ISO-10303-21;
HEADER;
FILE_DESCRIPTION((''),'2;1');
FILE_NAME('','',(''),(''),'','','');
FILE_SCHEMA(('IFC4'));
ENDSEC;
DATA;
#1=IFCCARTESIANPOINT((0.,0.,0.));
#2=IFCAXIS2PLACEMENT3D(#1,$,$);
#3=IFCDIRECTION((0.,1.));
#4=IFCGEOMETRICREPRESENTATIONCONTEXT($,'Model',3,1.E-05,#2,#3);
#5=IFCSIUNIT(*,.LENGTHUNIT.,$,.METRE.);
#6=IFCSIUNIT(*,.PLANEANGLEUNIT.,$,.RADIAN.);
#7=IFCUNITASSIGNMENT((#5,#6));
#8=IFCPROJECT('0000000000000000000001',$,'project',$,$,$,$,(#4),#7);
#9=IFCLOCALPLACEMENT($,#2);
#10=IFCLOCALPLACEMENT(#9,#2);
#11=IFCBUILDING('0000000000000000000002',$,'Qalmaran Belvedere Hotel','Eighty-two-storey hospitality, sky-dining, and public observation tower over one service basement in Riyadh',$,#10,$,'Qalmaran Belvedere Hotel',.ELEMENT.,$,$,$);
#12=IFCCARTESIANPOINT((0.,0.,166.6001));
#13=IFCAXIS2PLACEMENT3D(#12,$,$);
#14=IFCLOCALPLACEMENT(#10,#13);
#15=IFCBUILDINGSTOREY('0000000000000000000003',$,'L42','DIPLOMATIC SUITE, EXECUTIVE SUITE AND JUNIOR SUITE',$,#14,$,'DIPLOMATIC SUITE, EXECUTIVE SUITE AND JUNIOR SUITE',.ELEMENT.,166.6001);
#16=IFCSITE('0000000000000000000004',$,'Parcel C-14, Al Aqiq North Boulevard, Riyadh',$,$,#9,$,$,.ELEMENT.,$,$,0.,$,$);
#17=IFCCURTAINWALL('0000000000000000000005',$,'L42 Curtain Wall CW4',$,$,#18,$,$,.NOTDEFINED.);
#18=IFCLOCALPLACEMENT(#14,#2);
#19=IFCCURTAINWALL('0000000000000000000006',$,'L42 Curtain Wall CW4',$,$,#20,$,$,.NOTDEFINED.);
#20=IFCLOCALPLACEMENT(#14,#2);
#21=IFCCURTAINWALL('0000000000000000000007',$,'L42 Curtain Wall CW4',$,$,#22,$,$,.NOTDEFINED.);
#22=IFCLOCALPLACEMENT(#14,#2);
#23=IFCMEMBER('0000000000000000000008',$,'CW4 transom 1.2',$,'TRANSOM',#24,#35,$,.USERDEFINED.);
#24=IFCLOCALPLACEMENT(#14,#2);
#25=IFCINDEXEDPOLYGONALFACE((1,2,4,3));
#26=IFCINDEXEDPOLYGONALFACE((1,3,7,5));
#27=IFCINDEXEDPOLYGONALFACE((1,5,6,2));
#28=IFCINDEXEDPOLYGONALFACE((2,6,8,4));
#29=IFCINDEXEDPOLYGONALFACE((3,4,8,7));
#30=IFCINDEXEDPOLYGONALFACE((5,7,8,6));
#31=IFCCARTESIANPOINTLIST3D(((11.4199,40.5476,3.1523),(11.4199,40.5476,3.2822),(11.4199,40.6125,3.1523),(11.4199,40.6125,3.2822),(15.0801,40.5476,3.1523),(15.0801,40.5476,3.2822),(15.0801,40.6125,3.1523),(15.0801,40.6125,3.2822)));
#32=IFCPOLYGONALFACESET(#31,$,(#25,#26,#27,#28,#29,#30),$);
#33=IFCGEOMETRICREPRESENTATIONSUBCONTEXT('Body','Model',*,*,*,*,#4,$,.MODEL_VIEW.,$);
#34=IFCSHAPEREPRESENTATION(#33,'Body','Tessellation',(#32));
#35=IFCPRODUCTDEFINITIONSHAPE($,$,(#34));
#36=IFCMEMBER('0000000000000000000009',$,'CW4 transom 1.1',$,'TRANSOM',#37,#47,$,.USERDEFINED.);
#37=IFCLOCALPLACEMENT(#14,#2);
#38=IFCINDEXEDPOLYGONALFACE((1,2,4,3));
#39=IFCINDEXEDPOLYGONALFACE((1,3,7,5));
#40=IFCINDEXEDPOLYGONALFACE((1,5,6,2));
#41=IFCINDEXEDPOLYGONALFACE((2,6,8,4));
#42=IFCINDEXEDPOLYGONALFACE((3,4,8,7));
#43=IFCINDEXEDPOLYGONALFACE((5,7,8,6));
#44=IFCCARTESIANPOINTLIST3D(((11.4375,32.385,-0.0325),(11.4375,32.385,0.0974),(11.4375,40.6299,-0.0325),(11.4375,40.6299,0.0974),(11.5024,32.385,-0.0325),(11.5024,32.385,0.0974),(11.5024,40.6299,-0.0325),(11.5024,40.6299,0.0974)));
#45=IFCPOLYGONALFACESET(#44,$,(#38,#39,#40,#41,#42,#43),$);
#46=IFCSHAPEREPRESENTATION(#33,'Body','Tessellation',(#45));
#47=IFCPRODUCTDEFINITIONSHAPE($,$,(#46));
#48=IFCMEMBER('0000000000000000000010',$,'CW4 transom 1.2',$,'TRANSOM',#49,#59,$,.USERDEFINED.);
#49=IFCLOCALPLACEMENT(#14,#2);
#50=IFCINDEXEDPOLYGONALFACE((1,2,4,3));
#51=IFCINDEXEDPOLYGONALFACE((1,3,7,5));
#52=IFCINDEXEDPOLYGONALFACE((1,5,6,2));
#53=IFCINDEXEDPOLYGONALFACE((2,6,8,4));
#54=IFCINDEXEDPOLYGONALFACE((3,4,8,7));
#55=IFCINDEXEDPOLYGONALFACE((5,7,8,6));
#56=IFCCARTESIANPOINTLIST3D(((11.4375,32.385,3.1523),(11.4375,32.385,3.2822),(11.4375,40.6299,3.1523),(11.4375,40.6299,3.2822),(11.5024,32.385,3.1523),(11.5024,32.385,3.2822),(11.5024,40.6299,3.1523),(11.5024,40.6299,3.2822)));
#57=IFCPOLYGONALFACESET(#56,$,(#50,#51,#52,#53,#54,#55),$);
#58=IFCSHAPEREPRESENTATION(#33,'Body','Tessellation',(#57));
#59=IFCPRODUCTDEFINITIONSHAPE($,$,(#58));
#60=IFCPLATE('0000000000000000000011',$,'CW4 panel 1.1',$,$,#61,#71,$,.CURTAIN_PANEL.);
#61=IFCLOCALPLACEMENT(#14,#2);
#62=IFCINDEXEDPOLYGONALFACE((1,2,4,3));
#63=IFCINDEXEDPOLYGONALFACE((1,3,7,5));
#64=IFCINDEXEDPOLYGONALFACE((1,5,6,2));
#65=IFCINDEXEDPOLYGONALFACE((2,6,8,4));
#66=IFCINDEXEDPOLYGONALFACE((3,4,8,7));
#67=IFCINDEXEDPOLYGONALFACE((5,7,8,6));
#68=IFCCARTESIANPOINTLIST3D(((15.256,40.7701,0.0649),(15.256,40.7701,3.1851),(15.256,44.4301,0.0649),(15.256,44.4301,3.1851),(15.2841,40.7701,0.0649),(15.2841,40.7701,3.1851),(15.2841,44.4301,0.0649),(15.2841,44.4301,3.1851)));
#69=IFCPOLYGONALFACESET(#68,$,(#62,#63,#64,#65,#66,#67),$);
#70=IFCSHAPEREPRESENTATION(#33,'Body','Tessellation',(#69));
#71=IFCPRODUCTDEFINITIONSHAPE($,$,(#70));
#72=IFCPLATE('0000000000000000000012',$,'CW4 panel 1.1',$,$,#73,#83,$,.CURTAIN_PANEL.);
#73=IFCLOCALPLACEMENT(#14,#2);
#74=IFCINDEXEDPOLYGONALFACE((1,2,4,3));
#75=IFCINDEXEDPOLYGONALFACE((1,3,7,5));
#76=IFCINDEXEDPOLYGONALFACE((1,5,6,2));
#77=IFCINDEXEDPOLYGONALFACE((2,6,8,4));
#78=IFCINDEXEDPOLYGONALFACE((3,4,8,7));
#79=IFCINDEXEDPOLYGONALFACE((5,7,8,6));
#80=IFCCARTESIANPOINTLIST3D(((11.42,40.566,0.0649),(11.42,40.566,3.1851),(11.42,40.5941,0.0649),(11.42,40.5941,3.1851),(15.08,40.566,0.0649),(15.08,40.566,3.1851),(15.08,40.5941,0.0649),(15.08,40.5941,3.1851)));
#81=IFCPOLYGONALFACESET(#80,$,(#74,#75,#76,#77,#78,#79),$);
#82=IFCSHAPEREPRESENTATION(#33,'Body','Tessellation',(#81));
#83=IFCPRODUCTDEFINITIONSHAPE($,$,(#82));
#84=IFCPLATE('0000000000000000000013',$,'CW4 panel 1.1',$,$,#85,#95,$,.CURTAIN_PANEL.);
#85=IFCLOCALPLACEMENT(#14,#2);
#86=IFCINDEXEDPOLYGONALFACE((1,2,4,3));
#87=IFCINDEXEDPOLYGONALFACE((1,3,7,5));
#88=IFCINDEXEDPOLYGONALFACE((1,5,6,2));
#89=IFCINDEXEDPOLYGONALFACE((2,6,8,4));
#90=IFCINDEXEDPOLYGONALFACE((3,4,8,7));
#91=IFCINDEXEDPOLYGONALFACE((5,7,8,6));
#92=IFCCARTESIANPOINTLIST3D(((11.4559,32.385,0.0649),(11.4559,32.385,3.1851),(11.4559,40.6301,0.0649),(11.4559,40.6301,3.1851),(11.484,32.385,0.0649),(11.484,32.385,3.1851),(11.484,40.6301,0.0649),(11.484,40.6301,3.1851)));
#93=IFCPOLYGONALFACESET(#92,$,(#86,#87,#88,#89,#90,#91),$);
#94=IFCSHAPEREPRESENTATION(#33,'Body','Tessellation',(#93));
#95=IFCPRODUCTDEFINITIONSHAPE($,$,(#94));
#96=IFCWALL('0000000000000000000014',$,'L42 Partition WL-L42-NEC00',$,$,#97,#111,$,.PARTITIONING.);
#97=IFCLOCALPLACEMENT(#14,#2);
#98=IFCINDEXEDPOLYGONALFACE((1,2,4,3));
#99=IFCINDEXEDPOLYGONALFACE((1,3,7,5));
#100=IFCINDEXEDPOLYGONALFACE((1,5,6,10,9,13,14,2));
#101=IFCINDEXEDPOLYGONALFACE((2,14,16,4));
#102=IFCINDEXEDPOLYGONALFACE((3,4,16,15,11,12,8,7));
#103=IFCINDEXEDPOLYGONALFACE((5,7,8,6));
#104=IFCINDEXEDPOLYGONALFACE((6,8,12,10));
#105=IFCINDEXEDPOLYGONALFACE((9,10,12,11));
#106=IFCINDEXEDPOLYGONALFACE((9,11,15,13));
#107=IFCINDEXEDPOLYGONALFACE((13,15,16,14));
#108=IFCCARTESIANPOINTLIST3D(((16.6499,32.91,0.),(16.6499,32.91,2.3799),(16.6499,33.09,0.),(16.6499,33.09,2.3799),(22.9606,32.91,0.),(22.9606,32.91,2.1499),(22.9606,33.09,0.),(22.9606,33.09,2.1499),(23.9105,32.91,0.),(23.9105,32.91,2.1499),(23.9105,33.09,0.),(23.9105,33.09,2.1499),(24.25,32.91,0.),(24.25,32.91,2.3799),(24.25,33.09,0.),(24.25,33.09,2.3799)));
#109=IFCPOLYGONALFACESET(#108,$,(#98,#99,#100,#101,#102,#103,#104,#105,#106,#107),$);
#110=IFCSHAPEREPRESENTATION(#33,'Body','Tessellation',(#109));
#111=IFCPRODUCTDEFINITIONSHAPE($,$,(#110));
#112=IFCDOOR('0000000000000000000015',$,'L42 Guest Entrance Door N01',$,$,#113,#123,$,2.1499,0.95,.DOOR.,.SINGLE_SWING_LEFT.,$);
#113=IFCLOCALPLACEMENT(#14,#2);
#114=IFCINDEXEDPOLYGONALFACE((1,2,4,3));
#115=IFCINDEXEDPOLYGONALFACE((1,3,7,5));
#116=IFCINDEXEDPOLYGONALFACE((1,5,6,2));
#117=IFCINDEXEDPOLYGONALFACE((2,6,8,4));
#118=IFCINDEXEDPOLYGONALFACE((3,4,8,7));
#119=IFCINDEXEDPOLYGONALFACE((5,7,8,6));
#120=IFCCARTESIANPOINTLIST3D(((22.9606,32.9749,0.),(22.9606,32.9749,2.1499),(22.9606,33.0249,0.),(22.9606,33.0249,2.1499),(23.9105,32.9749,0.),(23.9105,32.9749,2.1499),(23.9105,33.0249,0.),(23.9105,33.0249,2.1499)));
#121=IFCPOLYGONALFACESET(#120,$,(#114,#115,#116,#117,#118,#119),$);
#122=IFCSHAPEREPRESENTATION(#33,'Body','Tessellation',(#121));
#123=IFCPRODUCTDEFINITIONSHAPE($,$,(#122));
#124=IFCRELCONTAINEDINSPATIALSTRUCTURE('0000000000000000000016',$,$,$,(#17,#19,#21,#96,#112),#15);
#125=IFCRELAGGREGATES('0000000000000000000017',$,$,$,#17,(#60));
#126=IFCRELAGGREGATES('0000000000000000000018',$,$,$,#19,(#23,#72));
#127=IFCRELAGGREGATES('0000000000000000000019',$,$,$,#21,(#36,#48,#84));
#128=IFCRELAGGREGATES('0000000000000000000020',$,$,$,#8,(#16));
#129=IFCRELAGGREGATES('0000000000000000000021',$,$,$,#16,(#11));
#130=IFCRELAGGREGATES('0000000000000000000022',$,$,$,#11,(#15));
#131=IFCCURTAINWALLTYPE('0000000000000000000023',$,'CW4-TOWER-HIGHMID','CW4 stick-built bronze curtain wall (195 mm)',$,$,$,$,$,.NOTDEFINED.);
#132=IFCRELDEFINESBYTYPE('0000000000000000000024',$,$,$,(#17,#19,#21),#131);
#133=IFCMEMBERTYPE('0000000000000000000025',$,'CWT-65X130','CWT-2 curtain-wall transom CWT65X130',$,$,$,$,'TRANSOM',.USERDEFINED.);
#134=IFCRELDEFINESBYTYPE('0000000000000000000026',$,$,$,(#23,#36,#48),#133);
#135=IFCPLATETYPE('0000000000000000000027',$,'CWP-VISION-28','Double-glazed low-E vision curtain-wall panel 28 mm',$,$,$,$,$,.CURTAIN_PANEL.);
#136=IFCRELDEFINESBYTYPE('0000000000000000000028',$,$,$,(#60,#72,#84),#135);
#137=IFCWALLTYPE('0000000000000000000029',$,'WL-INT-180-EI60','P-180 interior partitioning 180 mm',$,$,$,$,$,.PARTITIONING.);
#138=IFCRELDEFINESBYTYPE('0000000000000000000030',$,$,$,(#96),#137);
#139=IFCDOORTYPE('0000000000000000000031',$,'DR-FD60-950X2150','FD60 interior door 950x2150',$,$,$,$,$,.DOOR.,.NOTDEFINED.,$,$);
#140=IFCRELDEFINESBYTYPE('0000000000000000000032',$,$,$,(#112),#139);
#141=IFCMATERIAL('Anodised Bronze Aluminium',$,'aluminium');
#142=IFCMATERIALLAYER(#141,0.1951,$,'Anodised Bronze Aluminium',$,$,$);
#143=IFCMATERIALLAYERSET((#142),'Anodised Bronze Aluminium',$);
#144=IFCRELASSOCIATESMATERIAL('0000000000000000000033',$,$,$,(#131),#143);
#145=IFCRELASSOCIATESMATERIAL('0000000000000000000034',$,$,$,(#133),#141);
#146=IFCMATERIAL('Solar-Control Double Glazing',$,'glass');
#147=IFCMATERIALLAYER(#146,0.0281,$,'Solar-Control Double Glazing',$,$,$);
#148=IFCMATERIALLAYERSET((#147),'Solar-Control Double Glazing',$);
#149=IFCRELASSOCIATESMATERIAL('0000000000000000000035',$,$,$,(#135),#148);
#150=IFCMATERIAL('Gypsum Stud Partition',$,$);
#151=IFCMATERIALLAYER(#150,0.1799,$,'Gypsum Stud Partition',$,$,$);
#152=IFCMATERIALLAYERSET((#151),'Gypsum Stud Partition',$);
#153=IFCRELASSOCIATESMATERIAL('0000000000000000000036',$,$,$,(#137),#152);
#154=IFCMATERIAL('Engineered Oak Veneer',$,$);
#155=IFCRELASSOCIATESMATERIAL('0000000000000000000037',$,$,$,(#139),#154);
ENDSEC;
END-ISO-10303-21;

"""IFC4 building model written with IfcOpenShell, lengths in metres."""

from ifc_helpers import new_model, si_unit, direction, frame, frame_2d, origin, origin_2d, place, context, subcontext, project, spatial, rectangle, extrude, material, layer, layer_set, material_profile, profile_set, type_object, element, fill, aggregate, save


model = new_model("IFC4")

# Units and contexts
model_context = context("Model", 3, precision=1e-05, world=origin(), true_north=direction((0.0, 1.0)))
body_context = subcontext(model_context, "Body", "Model", "MODEL_VIEW")
ifc_project = project(units=[si_unit("LENGTHUNIT", "METRE"), si_unit("PLANEANGLEUNIT", "RADIAN")], contexts=[model_context])

# Site, building, storey
site_placement = place(None, origin())
site = spatial("IfcSite", under=ifc_project, at=site_placement, Name="Parcel C-14, Al Aqiq North Boulevard, Riyadh", CompositionType="ELEMENT", RefElevation=0.0)
building_placement = place(site_placement, origin())
building = spatial("IfcBuilding", under=site, at=building_placement, Name="Qalmaran Belvedere Hotel", Description="Eighty-two-storey hospitality, sky-dining, and public observation tower over one service basement in Riyadh", LongName="Qalmaran Belvedere Hotel", CompositionType="ELEMENT")
storey_placement = place(building_placement, frame((0.0, 0.0, 166.6001)))
storey = spatial("IfcBuildingStorey", under=building, at=storey_placement, Name="L42", Description="DIPLOMATIC SUITE, EXECUTIVE SUITE AND JUNIOR SUITE", LongName="DIPLOMATIC SUITE, EXECUTIVE SUITE AND JUNIOR SUITE", CompositionType="ELEMENT", Elevation=166.6001)

# Shared definitions
ifc_material_1 = material(Name="Anodised Bronze Aluminium", Category="aluminium")
ifc_layer_1 = layer(ifc_material_1, 0.1951, Name="Anodised Bronze Aluminium")
ifc_layer_set_1 = layer_set([ifc_layer_1], Name="Anodised Bronze Aluminium")
curtain_wall_type = type_object("IfcCurtainWallType", Name="CW4-TOWER-HIGHMID", Description="CW4 stick-built bronze curtain wall (195 mm)", PredefinedType="NOTDEFINED", material=ifc_layer_set_1)

# Curtain walls
curtain_wall_1_placement = place(storey_placement, origin())
curtain_wall_1 = element("IfcCurtainWall", 1, at=curtain_wall_1_placement, inside=storey, type_object=curtain_wall_type, Name="L42 Curtain Wall CW4", PredefinedType="NOTDEFINED")
curtain_wall_2_placement = place(storey_placement, origin())
curtain_wall_2 = element("IfcCurtainWall", 2, at=curtain_wall_2_placement, inside=storey, type_object=curtain_wall_type, Name="L42 Curtain Wall CW4", PredefinedType="NOTDEFINED")

# Curtain wall
curtain_wall_3_placement = place(storey_placement, origin())
curtain_wall_3 = element("IfcCurtainWall", 3, at=curtain_wall_3_placement, inside=storey, type_object=curtain_wall_type, Name="L42 Curtain Wall CW4", PredefinedType="NOTDEFINED")

# Members
ifc_material_profile_1 = material_profile(ifc_material_1, rectangle(XDim=0.0649, YDim=0.1299, at=origin_2d()), Name="CWT65X130")
ifc_profile_set_1 = profile_set([ifc_material_profile_1], Name="Anodised Bronze Aluminium")
member_type_1 = type_object("IfcMemberType", Name="CWT-65X130", Description="CWT-2 curtain-wall transom CWT65X130", ElementType="TRANSOM", PredefinedType="USERDEFINED", material=ifc_profile_set_1)
member_1_placement = place(storey_placement, frame((15.0801, 40.5801, 3.2173), z_axis=(-1.0, 0.0, 0.0), x_axis=(0.0, -1.0, 0.0)))
member_1 = element("IfcMember", 4, at=member_1_placement, type_object=member_type_1, Name="CW4 transom 1.2", ObjectType="TRANSOM", PredefinedType="USERDEFINED", context=body_context, shape_type="SweptSolid", body=[
    extrude(rectangle(XDim=0.0649, YDim=0.1299, at=origin_2d()), origin(), (0.0, 0.0, 1.0), 3.6602),
])
member_2_placement = place(storey_placement, frame((11.47, 40.6299, 0.0325), z_axis=(0.0, -1.0, 0.0), x_axis=(1.0, 0.0, 0.0)))
member_2 = element("IfcMember", 5, at=member_2_placement, type_object=member_type_1, Name="CW4 transom 1.1", ObjectType="TRANSOM", PredefinedType="USERDEFINED", context=body_context, shape_type="SweptSolid", body=[
    extrude(rectangle(XDim=0.0649, YDim=0.1299, at=origin_2d()), origin(), (0.0, 0.0, 1.0), 8.2449),
])
member_3_placement = place(storey_placement, frame((11.47, 40.6299, 3.2173), z_axis=(0.0, -1.0, 0.0), x_axis=(1.0, 0.0, 0.0)))
member_3 = element("IfcMember", 6, at=member_3_placement, type_object=member_type_1, Name="CW4 transom 1.2", ObjectType="TRANSOM", PredefinedType="USERDEFINED", context=body_context, shape_type="SweptSolid", body=[
    extrude(rectangle(XDim=0.0649, YDim=0.1299, at=origin_2d()), origin(), (0.0, 0.0, 1.0), 8.2449),
])

# Plates
ifc_material_2 = material(Name="Solar-Control Double Glazing", Category="glass")
ifc_layer_2 = layer(ifc_material_2, 0.0281, Name="Solar-Control Double Glazing")
ifc_layer_set_2 = layer_set([ifc_layer_2], Name="Solar-Control Double Glazing")
plate_type = type_object("IfcPlateType", Name="CWP-VISION-28", Description="Double-glazed low-E vision curtain-wall panel 28 mm", PredefinedType="CURTAIN_PANEL", material=ifc_layer_set_2)
plate_1_placement = place(storey_placement, frame((15.27, 42.6001, 0.0649), z_axis=(0.0, 0.0, 1.0), x_axis=(0.0, -1.0, 0.0)))
plate_1 = element("IfcPlate", 7, at=plate_1_placement, type_object=plate_type, Name="CW4 panel 1.1", PredefinedType="CURTAIN_PANEL", context=body_context, shape_type="SweptSolid", body=[
    extrude(rectangle(XDim=3.6599, YDim=0.0281, at=origin_2d()), origin(), (0.0, 0.0, 1.0), 3.1201),
])
aggregate(curtain_wall_1, [plate_1])
plate_2_placement = place(storey_placement, frame((13.25, 40.5801, 0.0649), z_axis=(0.0, 0.0, 1.0), x_axis=(-1.0, 0.0, 0.0)))
plate_2 = element("IfcPlate", 8, at=plate_2_placement, type_object=plate_type, Name="CW4 panel 1.1", PredefinedType="CURTAIN_PANEL", context=body_context, shape_type="SweptSolid", body=[
    extrude(rectangle(XDim=3.6599, YDim=0.0281, at=origin_2d()), origin(), (0.0, 0.0, 1.0), 3.1201),
])
aggregate(curtain_wall_2, [member_1, plate_2])
plate_3_placement = place(storey_placement, frame((11.47, 36.5076, 0.0649), z_axis=(0.0, 0.0, 1.0), x_axis=(0.0, -1.0, 0.0)))
plate_3 = element("IfcPlate", 9, at=plate_3_placement, type_object=plate_type, Name="CW4 panel 1.1", PredefinedType="CURTAIN_PANEL", context=body_context, shape_type="SweptSolid", body=[
    extrude(rectangle(XDim=8.2451, YDim=0.0281, at=origin_2d()), origin(), (0.0, 0.0, 1.0), 3.1201),
])
aggregate(curtain_wall_3, [member_2, member_3, plate_3])

# Wall, opening, door
ifc_material_3 = material(Name="Gypsum Stud Partition")
ifc_layer_3 = layer(ifc_material_3, 0.1799, Name="Gypsum Stud Partition")
ifc_layer_set_3 = layer_set([ifc_layer_3], Name="Gypsum Stud Partition")
wall_type = type_object("IfcWallType", Name="WL-INT-180-EI60", Description="P-180 interior partitioning 180 mm", PredefinedType="PARTITIONING", material=ifc_layer_set_3)
wall_placement = place(storey_placement, frame((16.6499, 33.0, 0.0), z_axis=(0.0, 0.0, 1.0), x_axis=(1.0, 0.0, 0.0)))
wall = element("IfcWall", 10, at=wall_placement, inside=storey, type_object=wall_type, Name="L42 Partition WL-L42-NEC00", PredefinedType="PARTITIONING", context=body_context, shape_type="SweptSolid", body=[
    extrude(rectangle(XDim=7.6001, YDim=0.1799, at=frame_2d((3.8, 0.0))), origin(), (0.0, 0.0, 1.0), 2.3799),
])
opening_placement = place(wall_placement, frame((6.3105, 0.0, 0.0)))
opening = element("IfcOpeningElement", 11, at=opening_placement, cuts=wall, PredefinedType="OPENING", context=body_context, shape_type="SweptSolid", body=[
    extrude(rectangle(XDim=0.95, YDim=2.1499, at=frame_2d((0.4751, 1.075))), frame((0.0, 0.1001, 0.0), z_axis=(0.0, -1.0, 0.0), x_axis=(1.0, 0.0, 0.0)), (0.0, 0.0, 1.0), 0.2),
])
ifc_material_4 = material(Name="Engineered Oak Veneer")
door_type = type_object("IfcDoorType", Name="DR-FD60-950X2150", Description="FD60 interior door 950x2150", OperationType="NOTDEFINED", PredefinedType="DOOR", material=ifc_material_4)
door_placement = place(opening_placement, origin())
door = element("IfcDoor", 12, at=door_placement, inside=storey, type_object=door_type, Name="L42 Guest Entrance Door N01", OperationType="SINGLE_SWING_LEFT", OverallHeight=2.1499, OverallWidth=0.95, PredefinedType="DOOR", context=body_context, shape_type="SweptSolid", body=[
    extrude(rectangle(XDim=0.95, YDim=2.1499, at=frame_2d((0.4751, 1.075))), frame((0.0, 0.0249, 0.0), z_axis=(0.0, -1.0, 0.0), x_axis=(1.0, 0.0, 0.0)), (0.0, 0.0, 1.0), 0.05),
])
fill(opening, door)

save(model, "model.ifc")
